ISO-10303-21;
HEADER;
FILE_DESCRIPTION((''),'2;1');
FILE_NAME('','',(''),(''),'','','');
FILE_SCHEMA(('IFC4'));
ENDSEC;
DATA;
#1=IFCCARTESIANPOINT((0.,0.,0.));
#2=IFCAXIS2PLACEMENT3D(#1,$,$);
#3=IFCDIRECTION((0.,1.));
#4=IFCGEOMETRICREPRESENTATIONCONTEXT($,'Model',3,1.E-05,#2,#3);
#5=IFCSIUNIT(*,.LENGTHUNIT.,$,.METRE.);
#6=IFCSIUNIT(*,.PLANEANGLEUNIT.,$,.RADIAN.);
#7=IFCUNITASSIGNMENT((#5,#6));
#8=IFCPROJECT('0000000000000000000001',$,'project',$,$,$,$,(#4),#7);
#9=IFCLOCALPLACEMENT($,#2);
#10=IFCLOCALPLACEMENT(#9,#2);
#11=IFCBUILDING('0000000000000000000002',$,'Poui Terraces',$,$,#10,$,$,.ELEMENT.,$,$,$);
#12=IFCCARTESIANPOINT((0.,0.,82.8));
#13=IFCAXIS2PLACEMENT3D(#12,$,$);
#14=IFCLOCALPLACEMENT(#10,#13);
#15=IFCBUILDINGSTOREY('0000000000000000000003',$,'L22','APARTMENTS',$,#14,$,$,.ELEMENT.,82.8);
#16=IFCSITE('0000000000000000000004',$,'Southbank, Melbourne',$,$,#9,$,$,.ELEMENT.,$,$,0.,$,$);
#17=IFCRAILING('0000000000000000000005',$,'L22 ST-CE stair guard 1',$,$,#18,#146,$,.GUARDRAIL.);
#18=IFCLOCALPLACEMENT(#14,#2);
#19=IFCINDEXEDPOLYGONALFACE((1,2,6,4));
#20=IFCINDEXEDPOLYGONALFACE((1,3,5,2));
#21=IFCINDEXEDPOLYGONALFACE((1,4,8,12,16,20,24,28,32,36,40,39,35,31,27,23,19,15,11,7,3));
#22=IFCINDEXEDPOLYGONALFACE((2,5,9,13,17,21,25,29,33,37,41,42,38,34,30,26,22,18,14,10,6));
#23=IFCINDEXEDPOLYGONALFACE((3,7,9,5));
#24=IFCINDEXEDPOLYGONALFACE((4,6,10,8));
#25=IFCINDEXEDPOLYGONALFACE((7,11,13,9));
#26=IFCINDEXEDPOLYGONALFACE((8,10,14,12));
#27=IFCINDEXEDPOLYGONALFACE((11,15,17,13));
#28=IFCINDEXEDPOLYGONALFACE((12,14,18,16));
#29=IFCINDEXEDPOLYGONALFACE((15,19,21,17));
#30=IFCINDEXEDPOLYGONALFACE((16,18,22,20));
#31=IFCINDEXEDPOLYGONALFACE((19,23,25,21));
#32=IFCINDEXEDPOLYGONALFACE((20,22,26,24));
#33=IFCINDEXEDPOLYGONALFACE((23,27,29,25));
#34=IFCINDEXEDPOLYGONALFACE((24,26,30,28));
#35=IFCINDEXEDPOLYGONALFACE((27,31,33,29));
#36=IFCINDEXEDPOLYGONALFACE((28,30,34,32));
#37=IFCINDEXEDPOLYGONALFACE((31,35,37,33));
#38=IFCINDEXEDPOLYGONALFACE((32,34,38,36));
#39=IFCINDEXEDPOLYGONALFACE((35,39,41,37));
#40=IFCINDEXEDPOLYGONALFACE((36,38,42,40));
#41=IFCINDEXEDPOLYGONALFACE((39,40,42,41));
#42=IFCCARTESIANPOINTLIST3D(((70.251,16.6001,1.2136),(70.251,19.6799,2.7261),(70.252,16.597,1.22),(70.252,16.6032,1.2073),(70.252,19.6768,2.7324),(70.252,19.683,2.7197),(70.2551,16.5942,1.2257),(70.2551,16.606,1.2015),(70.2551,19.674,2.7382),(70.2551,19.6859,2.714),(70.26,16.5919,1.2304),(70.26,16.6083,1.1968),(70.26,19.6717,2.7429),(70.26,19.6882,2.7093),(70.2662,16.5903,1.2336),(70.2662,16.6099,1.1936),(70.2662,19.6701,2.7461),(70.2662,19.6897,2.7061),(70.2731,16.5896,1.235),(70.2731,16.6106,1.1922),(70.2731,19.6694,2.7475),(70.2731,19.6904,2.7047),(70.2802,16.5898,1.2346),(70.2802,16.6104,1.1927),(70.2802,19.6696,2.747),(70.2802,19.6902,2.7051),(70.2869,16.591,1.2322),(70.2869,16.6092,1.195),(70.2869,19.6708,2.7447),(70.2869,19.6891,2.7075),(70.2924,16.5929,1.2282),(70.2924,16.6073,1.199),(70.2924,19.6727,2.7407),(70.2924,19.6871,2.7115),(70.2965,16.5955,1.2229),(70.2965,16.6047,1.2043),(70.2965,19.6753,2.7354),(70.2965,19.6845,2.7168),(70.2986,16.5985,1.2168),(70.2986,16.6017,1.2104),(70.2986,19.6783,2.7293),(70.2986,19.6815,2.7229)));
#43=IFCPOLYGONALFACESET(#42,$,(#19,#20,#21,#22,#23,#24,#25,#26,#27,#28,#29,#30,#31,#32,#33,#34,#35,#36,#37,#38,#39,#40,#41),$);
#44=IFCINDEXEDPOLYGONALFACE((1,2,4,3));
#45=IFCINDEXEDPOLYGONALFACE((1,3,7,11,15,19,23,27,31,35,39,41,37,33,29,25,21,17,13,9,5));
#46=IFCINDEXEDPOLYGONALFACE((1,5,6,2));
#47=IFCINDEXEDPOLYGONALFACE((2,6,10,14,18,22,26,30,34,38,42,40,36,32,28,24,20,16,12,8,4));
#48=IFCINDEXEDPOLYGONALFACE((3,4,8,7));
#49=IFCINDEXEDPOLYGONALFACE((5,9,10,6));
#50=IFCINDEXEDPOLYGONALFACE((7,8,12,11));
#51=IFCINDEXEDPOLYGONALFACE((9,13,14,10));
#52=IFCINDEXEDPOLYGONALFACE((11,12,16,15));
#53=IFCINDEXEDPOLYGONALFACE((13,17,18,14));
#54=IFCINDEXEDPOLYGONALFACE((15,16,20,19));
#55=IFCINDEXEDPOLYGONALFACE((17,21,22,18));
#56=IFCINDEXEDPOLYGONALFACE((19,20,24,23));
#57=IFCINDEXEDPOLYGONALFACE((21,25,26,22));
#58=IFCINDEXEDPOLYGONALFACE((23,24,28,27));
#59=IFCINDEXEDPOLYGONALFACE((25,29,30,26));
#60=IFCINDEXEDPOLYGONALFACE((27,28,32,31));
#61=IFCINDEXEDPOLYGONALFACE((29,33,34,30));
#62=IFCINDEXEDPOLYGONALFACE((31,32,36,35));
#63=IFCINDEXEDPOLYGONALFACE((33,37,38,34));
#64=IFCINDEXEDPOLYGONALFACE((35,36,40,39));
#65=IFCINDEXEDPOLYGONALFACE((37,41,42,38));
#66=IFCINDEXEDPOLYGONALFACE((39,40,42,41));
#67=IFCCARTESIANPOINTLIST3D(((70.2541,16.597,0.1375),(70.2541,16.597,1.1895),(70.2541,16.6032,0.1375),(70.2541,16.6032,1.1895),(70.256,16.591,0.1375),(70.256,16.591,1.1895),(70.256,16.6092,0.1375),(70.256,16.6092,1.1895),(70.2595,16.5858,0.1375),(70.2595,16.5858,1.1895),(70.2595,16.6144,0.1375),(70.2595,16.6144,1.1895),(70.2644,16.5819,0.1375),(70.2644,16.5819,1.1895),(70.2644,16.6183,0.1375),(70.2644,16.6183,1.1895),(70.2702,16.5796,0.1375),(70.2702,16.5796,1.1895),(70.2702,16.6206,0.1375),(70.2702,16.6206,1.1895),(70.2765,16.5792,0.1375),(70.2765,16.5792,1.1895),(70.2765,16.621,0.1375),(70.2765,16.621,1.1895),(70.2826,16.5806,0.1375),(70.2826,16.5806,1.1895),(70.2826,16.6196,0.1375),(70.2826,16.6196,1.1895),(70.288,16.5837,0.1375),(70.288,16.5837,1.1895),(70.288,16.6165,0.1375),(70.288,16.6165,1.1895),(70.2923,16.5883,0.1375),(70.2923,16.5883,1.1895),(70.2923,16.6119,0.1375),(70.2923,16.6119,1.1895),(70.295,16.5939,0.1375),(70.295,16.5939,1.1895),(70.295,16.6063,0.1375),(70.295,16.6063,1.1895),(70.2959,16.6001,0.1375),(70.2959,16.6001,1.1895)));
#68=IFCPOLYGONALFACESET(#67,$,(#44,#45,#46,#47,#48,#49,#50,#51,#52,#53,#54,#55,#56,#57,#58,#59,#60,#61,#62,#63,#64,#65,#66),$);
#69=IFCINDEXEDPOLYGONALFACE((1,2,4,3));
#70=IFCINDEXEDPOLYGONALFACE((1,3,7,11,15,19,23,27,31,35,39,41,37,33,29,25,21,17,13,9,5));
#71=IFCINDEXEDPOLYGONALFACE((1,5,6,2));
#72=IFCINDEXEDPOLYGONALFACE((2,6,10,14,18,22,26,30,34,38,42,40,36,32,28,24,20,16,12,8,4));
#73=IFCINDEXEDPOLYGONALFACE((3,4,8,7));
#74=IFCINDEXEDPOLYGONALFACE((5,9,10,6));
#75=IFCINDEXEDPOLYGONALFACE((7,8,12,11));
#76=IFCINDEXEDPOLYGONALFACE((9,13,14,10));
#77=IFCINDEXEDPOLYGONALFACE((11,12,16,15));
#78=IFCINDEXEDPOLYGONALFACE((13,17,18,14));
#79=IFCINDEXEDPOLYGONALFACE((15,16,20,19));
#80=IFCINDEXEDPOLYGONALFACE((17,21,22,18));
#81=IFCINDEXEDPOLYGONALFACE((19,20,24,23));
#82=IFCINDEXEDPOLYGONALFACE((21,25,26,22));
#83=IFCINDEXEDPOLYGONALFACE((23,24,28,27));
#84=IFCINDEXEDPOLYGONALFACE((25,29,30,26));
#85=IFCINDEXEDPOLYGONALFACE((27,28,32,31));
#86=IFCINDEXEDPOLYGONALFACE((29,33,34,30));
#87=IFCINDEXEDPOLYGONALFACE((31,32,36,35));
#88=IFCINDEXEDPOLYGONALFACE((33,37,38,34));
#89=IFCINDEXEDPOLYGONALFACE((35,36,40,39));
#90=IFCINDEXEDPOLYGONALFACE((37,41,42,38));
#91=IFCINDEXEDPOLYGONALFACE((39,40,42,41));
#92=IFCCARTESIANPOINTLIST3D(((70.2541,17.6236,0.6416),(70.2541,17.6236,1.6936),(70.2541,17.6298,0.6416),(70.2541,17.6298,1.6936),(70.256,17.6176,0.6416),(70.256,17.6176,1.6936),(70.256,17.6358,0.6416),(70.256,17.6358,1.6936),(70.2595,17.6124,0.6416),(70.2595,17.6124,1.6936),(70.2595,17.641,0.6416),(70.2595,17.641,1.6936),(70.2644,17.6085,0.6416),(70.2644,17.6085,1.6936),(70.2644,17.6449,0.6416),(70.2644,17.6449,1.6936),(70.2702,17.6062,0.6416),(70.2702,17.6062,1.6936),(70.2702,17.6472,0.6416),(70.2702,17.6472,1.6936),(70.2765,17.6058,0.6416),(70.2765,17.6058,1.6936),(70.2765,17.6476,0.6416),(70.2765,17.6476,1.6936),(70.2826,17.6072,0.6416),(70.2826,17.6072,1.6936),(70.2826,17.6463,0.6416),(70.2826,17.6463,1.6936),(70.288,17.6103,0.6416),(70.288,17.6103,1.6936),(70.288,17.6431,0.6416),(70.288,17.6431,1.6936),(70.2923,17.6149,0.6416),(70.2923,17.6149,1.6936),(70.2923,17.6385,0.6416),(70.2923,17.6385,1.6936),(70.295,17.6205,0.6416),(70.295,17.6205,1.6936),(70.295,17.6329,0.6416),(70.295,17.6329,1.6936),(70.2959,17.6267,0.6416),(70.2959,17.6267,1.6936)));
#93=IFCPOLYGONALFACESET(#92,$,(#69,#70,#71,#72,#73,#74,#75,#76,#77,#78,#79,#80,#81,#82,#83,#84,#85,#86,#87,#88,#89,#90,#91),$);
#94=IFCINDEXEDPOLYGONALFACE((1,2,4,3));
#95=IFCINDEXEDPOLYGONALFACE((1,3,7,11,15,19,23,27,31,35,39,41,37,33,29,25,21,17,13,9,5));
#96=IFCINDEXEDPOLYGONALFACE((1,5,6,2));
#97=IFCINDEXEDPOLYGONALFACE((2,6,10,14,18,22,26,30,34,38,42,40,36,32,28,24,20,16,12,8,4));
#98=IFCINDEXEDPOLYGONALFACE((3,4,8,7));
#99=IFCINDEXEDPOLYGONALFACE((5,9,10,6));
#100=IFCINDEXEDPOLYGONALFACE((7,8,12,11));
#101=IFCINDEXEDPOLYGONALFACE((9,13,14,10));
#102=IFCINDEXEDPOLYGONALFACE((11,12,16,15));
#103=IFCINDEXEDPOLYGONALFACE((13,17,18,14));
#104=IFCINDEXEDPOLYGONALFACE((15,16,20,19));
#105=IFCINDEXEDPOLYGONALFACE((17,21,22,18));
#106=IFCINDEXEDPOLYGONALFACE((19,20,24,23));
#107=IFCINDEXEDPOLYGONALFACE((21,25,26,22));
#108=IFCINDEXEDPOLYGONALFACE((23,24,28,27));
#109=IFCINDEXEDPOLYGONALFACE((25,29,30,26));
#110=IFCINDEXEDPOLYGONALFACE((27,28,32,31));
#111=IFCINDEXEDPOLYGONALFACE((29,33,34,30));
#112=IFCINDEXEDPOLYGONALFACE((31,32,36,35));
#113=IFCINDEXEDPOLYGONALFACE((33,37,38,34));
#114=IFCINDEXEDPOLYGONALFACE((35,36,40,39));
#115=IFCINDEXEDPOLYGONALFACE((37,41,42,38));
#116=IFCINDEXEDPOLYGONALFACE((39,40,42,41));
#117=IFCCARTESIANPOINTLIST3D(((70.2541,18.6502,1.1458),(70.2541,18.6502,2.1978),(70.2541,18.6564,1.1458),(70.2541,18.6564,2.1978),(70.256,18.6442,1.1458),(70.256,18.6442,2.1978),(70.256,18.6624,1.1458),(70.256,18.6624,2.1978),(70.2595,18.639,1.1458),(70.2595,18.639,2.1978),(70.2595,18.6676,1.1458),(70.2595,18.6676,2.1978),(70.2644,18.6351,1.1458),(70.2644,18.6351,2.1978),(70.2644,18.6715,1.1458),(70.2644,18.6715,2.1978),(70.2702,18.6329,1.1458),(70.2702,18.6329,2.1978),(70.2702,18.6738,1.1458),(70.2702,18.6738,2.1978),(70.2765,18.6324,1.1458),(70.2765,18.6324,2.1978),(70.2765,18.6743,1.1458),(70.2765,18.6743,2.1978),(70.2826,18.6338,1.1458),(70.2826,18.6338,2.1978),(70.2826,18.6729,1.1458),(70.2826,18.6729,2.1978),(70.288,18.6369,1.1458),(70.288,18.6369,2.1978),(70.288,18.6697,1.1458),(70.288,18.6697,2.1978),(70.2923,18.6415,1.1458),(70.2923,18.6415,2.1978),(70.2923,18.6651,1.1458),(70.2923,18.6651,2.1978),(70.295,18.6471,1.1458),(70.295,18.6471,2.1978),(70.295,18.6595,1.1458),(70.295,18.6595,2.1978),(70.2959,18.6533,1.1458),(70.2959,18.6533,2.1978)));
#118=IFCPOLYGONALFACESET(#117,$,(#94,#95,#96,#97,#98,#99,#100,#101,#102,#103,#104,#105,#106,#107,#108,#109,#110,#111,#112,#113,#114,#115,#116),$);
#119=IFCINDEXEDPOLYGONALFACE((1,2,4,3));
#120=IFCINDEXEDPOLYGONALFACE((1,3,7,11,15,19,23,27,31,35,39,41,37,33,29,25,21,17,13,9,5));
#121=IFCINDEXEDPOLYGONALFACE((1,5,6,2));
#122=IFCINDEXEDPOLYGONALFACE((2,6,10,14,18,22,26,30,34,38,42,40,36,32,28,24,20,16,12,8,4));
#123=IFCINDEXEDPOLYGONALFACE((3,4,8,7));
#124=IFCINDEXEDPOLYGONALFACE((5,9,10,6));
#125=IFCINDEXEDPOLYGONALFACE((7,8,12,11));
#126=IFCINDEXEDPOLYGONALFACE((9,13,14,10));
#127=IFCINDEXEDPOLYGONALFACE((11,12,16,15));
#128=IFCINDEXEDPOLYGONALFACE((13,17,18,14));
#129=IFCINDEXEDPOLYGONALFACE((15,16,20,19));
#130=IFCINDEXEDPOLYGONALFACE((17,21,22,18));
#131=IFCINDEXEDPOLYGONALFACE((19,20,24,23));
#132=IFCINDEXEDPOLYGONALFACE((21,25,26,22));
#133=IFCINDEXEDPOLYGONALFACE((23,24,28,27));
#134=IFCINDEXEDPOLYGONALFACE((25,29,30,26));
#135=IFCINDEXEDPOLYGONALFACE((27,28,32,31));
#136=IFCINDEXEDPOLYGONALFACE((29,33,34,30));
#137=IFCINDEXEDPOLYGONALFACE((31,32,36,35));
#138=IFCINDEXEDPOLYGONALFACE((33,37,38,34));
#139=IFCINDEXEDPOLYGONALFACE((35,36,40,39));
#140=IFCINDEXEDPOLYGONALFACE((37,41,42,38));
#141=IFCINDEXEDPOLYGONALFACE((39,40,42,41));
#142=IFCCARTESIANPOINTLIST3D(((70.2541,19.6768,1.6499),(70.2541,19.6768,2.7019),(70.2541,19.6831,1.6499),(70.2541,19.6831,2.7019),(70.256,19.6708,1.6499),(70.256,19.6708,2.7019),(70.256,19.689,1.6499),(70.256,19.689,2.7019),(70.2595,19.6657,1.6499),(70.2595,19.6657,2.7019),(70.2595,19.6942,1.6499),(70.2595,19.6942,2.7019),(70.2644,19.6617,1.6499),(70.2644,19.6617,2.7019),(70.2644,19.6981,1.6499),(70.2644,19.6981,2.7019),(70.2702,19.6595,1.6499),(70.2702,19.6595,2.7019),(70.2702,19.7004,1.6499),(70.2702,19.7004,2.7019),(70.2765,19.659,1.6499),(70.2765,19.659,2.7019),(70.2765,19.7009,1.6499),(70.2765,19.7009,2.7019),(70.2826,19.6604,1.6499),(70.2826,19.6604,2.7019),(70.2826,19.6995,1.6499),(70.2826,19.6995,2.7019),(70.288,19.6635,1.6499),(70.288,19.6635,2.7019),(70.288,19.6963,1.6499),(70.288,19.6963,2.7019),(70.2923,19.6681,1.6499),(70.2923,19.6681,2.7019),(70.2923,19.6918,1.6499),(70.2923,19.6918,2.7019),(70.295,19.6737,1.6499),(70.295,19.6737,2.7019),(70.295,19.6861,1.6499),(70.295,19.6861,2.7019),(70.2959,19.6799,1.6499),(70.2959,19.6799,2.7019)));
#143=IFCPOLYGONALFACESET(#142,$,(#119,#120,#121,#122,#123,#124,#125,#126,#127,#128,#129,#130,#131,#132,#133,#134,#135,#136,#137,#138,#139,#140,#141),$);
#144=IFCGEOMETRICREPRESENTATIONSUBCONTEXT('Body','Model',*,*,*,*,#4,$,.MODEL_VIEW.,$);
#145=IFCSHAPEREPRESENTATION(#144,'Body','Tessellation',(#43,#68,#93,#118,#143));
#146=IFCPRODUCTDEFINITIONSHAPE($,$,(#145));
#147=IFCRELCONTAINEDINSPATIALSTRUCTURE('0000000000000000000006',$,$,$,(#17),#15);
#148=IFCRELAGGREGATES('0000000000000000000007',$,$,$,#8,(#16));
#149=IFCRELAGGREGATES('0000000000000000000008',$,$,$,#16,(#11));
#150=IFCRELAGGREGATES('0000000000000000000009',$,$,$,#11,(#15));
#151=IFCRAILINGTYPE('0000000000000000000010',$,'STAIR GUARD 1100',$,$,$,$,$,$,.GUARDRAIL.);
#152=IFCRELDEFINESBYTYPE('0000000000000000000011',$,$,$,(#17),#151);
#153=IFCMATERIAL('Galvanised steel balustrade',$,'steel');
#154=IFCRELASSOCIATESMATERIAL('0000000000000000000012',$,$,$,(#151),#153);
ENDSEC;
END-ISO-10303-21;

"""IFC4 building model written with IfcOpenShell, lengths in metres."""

from ifc_helpers import new_model, si_unit, direction, frame, origin, origin_2d, place, context, subcontext, project, spatial, circle, extrude, material, type_object, element, save


model = new_model("IFC4")

# Units and contexts
model_context = context("Model", 3, precision=1e-05, world=origin(), true_north=direction((0.0, 1.0)))
body_context = subcontext(model_context, "Body", "Model", "MODEL_VIEW")
ifc_project = project(units=[si_unit("LENGTHUNIT", "METRE"), si_unit("PLANEANGLEUNIT", "RADIAN")], contexts=[model_context])

# Site, building, storey
site_placement = place(None, origin())
site = spatial("IfcSite", under=ifc_project, at=site_placement, Name="Southbank, Melbourne", CompositionType="ELEMENT", RefElevation=0.0)
building_placement = place(site_placement, origin())
building = spatial("IfcBuilding", under=site, at=building_placement, Name="Poui Terraces", CompositionType="ELEMENT")
storey_placement = place(building_placement, frame((0.0, 0.0, 82.8)))
storey = spatial("IfcBuildingStorey", under=building, at=storey_placement, Name="L22", Description="APARTMENTS", CompositionType="ELEMENT", Elevation=82.8)

# Railing
ifc_material_1 = material(Name="Galvanised steel balustrade", Category="steel")
railing_type_1 = type_object("IfcRailingType", Name="STAIR GUARD 1100", PredefinedType="GUARDRAIL", material=ifc_material_1)
railing_1_placement = place(storey_placement, frame((70.2749, 16.6001, 0.1375)))
element("IfcRailing", 1, at=railing_1_placement, inside=storey, type_object=railing_type_1, Name="L22 ST-CE stair guard 1", PredefinedType="GUARDRAIL", context=body_context, shape_type="SweptSolid", body=[
    extrude(circle(Radius=0.0239, at=origin_2d()), frame((0.0, 0.0, 1.0762), z_axis=(0.0, 0.897606, 0.440798), x_axis=(-1.0, 0.0, 0.0)), (0.0, 0.0, 1.0), 3.4312),
    extrude(circle(Radius=0.021, at=origin_2d()), origin(), (0.0, 0.0, 1.0), 1.052),
    extrude(circle(Radius=0.021, at=origin_2d()), frame((0.0, 1.0266, 0.5042)), (0.0, 0.0, 1.0), 1.052),
    extrude(circle(Radius=0.021, at=origin_2d()), frame((0.0, 2.0532, 1.0083)), (0.0, 0.0, 1.0), 1.052),
    extrude(circle(Radius=0.021, at=origin_2d()), frame((0.0, 3.0798, 1.5125)), (0.0, 0.0, 1.0), 1.052),
])

save(model, "model.ifc")
